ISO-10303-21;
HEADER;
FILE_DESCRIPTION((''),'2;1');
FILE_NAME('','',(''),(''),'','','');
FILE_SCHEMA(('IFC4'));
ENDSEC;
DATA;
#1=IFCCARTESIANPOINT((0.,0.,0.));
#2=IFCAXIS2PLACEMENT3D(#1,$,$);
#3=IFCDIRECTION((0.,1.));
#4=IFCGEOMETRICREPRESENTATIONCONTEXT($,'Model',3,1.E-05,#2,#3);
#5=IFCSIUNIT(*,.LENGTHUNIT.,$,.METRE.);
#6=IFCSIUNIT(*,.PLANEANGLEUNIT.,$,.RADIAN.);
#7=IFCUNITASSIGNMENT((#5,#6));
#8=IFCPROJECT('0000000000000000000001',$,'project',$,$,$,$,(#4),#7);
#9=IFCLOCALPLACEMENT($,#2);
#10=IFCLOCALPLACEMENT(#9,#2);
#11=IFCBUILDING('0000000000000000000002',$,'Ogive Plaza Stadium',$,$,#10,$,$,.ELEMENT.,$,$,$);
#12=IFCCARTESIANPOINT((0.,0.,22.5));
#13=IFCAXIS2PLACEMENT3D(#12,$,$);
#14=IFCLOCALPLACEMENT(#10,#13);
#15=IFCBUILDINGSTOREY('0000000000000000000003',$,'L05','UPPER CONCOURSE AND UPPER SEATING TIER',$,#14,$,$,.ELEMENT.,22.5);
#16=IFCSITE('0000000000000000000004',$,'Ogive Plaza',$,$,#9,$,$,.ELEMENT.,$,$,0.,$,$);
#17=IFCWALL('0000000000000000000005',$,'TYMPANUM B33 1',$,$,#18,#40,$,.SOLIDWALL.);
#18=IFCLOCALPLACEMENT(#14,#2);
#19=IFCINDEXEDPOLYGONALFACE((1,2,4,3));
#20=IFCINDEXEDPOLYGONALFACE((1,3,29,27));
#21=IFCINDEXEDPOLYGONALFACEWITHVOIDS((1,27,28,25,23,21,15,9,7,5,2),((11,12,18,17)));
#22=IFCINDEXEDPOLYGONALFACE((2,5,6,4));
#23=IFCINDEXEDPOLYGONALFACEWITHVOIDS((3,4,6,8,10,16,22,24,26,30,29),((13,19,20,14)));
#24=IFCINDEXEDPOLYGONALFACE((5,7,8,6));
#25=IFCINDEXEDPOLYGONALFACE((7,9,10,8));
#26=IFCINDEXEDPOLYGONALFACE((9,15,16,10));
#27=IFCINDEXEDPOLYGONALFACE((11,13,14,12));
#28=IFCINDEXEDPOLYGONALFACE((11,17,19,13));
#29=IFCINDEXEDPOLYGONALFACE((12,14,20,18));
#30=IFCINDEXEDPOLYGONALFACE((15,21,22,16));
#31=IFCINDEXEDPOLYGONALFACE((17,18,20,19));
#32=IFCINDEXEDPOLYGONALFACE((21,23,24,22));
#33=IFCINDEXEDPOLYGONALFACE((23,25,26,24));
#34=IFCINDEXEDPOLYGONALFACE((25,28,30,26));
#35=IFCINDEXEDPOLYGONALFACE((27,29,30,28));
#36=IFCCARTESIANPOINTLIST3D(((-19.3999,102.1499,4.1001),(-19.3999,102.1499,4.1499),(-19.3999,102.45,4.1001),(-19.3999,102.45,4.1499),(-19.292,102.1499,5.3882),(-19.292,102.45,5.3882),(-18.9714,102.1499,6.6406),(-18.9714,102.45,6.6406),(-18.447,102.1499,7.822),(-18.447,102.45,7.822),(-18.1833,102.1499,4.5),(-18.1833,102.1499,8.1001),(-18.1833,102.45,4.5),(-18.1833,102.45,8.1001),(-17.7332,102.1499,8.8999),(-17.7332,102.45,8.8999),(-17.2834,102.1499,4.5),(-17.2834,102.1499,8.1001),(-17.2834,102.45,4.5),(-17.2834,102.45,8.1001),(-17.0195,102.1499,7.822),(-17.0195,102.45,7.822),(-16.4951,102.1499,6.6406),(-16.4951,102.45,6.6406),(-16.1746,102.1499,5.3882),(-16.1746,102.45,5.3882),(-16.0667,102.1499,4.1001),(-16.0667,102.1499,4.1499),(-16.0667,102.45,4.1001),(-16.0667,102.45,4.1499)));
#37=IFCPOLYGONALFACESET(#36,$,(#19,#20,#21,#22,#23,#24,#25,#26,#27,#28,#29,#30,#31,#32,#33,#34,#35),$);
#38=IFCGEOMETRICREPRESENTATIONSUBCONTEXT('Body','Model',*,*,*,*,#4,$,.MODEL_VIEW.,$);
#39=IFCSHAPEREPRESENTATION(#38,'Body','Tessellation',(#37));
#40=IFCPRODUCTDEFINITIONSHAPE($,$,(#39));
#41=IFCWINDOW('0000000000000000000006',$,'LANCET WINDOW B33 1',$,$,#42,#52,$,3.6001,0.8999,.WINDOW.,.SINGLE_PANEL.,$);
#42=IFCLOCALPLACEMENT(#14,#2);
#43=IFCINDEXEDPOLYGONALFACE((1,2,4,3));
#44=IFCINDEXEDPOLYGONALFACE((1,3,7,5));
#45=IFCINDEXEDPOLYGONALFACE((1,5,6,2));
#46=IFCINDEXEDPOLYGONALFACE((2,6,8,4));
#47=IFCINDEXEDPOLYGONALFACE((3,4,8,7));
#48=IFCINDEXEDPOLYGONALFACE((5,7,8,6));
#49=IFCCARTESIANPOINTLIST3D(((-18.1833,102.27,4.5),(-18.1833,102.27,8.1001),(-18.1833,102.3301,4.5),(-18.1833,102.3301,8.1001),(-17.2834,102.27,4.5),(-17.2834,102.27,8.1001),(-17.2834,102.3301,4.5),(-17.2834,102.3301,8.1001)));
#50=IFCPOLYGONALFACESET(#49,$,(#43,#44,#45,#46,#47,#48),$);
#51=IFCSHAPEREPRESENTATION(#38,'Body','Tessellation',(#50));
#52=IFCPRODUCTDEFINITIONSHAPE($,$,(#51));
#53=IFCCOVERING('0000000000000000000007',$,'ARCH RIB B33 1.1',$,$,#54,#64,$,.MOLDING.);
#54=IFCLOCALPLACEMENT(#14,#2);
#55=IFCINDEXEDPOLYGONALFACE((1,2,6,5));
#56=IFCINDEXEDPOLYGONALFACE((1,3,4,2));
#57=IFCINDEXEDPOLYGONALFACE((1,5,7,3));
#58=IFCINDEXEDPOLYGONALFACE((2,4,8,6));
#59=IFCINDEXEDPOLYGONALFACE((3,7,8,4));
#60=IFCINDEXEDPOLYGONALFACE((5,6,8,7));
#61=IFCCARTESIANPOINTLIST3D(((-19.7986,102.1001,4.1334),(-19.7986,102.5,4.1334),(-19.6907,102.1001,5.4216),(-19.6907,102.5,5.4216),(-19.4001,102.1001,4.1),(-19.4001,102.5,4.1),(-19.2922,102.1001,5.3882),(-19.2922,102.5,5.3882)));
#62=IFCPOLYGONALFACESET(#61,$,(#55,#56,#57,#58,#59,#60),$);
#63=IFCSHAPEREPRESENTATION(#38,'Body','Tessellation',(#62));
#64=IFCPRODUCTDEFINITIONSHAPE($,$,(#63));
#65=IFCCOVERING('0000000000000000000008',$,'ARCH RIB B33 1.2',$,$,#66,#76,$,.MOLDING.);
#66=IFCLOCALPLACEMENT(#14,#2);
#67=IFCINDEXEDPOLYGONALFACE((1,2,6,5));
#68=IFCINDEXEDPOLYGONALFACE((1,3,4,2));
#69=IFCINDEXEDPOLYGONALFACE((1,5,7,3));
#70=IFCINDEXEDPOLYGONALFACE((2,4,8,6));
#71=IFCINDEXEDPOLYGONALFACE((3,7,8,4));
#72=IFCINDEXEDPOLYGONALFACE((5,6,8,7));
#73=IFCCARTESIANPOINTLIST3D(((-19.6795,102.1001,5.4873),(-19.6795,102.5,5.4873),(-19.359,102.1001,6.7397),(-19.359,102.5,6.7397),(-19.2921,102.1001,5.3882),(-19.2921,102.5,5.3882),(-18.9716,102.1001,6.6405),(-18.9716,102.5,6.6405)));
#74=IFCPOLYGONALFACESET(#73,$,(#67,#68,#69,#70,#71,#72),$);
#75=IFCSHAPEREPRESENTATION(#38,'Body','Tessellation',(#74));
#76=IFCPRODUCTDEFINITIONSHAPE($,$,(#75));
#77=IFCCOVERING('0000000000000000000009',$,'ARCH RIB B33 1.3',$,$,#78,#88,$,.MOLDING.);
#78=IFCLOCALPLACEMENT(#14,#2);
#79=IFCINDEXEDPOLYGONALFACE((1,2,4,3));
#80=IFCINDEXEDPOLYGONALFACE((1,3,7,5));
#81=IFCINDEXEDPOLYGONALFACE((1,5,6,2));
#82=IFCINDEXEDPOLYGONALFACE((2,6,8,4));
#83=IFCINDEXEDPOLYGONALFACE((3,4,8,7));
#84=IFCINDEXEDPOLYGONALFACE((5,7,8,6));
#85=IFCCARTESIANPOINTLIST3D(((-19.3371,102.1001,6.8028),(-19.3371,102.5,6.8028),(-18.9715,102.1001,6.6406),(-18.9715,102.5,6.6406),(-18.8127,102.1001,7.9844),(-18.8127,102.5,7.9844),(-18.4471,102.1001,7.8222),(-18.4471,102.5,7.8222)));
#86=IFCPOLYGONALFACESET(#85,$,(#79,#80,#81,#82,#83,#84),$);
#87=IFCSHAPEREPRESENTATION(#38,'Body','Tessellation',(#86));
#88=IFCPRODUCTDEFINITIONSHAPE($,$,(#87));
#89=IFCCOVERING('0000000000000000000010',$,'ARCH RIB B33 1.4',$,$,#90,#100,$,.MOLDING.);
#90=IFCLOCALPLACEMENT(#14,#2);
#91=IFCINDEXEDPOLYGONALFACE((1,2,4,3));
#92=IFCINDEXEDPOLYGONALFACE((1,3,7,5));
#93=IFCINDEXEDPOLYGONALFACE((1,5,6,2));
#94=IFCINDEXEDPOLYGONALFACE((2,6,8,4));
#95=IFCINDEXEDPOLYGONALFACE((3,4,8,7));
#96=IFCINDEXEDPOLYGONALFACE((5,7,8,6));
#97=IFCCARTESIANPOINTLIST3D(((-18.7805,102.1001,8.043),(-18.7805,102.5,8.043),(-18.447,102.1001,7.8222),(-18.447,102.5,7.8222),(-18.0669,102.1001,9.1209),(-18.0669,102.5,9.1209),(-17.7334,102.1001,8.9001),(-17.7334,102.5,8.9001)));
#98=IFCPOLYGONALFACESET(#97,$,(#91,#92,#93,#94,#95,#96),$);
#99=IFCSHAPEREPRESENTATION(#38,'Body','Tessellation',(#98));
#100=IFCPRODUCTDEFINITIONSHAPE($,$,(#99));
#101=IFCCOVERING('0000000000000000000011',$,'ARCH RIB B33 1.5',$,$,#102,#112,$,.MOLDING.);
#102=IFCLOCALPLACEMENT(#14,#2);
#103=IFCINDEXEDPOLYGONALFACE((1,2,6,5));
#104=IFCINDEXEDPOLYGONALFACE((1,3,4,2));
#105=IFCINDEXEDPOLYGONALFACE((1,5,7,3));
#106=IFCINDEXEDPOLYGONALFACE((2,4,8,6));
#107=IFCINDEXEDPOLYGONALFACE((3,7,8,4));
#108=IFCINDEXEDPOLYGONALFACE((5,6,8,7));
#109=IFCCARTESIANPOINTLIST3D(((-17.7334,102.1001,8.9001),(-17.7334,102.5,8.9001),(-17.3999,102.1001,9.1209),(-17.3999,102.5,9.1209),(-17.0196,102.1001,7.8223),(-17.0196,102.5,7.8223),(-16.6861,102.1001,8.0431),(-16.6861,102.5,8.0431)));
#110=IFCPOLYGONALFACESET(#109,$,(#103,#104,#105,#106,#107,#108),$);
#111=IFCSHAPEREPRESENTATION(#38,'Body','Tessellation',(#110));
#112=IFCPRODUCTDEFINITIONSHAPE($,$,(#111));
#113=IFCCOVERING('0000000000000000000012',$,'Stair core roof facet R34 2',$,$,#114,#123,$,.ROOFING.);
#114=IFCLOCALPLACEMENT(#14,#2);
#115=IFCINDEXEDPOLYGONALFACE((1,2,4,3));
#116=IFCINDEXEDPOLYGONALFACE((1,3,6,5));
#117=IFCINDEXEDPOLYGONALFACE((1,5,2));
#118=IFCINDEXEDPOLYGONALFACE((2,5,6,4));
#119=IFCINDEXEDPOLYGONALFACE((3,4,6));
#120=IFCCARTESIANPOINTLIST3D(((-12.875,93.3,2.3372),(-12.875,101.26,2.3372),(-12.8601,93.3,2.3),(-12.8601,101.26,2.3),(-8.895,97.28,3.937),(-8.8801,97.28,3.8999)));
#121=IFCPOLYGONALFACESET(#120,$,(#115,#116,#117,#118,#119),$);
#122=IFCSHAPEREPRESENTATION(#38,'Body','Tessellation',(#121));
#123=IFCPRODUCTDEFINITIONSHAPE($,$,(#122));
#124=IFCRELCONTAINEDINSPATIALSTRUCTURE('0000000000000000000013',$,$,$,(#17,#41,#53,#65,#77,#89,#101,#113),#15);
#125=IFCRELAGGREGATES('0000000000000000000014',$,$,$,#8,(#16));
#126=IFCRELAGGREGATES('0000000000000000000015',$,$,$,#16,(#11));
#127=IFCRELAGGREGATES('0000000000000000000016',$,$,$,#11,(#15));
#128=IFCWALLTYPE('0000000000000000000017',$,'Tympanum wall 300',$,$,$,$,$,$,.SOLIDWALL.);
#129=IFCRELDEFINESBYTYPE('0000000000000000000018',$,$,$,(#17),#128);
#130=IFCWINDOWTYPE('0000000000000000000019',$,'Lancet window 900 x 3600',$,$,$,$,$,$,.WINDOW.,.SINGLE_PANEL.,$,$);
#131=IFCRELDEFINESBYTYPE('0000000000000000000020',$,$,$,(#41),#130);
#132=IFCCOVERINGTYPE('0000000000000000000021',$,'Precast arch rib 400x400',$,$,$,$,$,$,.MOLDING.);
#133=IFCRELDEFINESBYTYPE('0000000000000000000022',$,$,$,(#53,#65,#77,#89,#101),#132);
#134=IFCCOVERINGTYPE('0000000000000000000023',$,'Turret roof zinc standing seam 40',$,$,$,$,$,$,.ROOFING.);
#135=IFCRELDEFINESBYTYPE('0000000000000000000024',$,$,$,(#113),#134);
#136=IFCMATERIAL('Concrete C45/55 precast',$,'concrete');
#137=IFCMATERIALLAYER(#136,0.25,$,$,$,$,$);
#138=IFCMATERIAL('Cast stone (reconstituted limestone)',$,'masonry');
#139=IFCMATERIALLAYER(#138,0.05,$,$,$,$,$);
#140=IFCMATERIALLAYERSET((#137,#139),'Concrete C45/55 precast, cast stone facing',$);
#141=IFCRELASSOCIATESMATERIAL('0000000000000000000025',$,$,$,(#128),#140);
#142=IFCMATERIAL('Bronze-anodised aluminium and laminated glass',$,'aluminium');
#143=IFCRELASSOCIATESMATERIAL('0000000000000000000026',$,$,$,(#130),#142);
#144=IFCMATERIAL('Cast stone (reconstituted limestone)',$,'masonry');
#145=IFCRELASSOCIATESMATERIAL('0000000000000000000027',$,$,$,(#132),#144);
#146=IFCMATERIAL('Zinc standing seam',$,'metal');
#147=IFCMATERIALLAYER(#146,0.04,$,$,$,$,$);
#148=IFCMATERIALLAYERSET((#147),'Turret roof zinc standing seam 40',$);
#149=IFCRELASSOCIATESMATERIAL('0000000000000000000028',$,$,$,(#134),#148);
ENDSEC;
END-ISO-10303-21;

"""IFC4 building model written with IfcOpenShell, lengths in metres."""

from ifc_helpers import new_model, si_unit, direction, frame, frame_2d, origin, origin_2d, place, context, subcontext, project, spatial, polyline, rectangle, outline, extrude, material, layer, layer_set, material_profile, profile_set, type_object, element, fill, save


model = new_model("IFC4")

# Units and contexts
model_context = context("Model", 3, precision=1e-05, world=origin(), true_north=direction((0.0, 1.0)))
body_context = subcontext(model_context, "Body", "Model", "MODEL_VIEW")
ifc_project = project(units=[si_unit("LENGTHUNIT", "METRE"), si_unit("PLANEANGLEUNIT", "RADIAN")], contexts=[model_context])

# Site, building, storey
site_placement = place(None, origin())
site = spatial("IfcSite", under=ifc_project, at=site_placement, Name="Ogive Plaza", CompositionType="ELEMENT", RefElevation=0.0)
building_placement = place(site_placement, origin())
building = spatial("IfcBuilding", under=site, at=building_placement, Name="Ogive Plaza Stadium", CompositionType="ELEMENT")
storey_placement = place(building_placement, frame((0.0, 0.0, 22.5)))
storey = spatial("IfcBuildingStorey", under=building, at=storey_placement, Name="L05", Description="UPPER CONCOURSE AND UPPER SEATING TIER", CompositionType="ELEMENT", Elevation=22.5)

# Wall, opening, window
ifc_material_1 = material(Name="Concrete C45/55 precast", Category="concrete")
ifc_layer_1 = layer(ifc_material_1, 0.25)
ifc_material_2 = material(Name="Cast stone (reconstituted limestone)", Category="masonry")
ifc_layer_2 = layer(ifc_material_2, 0.05)
ifc_layer_set_1 = layer_set([ifc_layer_1, ifc_layer_2], Name="Concrete C45/55 precast, cast stone facing")
wall_type = type_object("IfcWallType", Name="Tympanum wall 300", PredefinedType="SOLIDWALL", material=ifc_layer_set_1)
wall_placement = place(storey_placement, frame((-19.3999, 102.3, 4.1001), z_axis=(0.0, 0.0, 1.0), x_axis=(1.0, 0.0, 0.0)))
wall = element("IfcWall", 1, at=wall_placement, inside=storey, type_object=wall_type, Name="TYMPANUM B33 1", PredefinedType="SOLIDWALL", context=body_context, shape_type="SweptSolid", body=[
    extrude(outline(polyline([(0.0, 0.0), (3.3333, 0.0), (3.3333, 0.0498), (3.2253, 1.2881), (2.9048, 2.5405), (2.3804, 3.7219), (1.6667, 4.7998), (0.9529, 3.7219), (0.4285, 2.5405), (0.1079, 1.2881), (0.0, 0.0498), (0.0, 0.0)])), frame((0.0, 0.1499, 0.0), z_axis=(0.0, -1.0, 0.0), x_axis=(1.0, 0.0, 0.0)), (0.0, 0.0, 1.0), 0.3),
])
opening_placement = place(wall_placement, frame((1.2166, 0.0, 0.3999)))
opening = element("IfcOpeningElement", 2, at=opening_placement, cuts=wall, PredefinedType="OPENING", context=body_context, shape_type="SweptSolid", body=[
    extrude(rectangle(XDim=0.8999, YDim=3.6001, at=frame_2d((0.45, 1.8))), frame((0.0, 0.1602, 0.0), z_axis=(0.0, -1.0, 0.0), x_axis=(1.0, 0.0, 0.0)), (0.0, 0.0, 1.0), 0.3201),
])
ifc_material_3 = material(Name="Bronze-anodised aluminium and laminated glass", Category="aluminium")
window_type = type_object("IfcWindowType", Name="Lancet window 900 x 3600", PartitioningType="SINGLE_PANEL", PredefinedType="WINDOW", material=ifc_material_3)
window_placement = place(opening_placement, origin())
window = element("IfcWindow", 3, at=window_placement, inside=storey, type_object=window_type, Name="LANCET WINDOW B33 1", OverallHeight=3.6001, OverallWidth=0.8999, PartitioningType="SINGLE_PANEL", PredefinedType="WINDOW", context=body_context, shape_type="SweptSolid", body=[
    extrude(rectangle(XDim=0.8999, YDim=3.6001, at=frame_2d((0.45, 1.8))), frame((0.0, 0.03, 0.0), z_axis=(0.0, -1.0, 0.0), x_axis=(1.0, 0.0, 0.0)), (0.0, 0.0, 1.0), 0.0601),
])
fill(opening, window)

# Coverings
ifc_material_4 = material(Name="Cast stone (reconstituted limestone)", Category="masonry")
ifc_material_profile_1 = material_profile(ifc_material_4, rectangle(XDim=0.3999, YDim=0.3999, at=origin_2d()), Name="Cast stone 400x400")
ifc_profile_set_1 = profile_set([ifc_material_profile_1], Name="Cast stone (reconstituted limestone)")
covering_type_1 = type_object("IfcCoveringType", Name="Precast arch rib 400x400", PredefinedType="MOLDING", material=ifc_profile_set_1)
for number, where, z_axis, x_axis, name in (
    (4, (-19.5994, 102.3, 4.1167), (0.083467, 0.0, 0.996511), (0.0, 1.0, 0.0), "ARCH RIB B33 1.1"),
    (5, (-19.4858, 102.3, 5.4377), (0.247953, 0.0, 0.968772), (0.0, 1.0, 0.0), "ARCH RIB B33 1.2"),
    (6, (-19.1543, 102.3, 6.7217), (0.405648, 0.0, 0.914029), (0.0, 1.0, 0.0), "ARCH RIB B33 1.3"),
    (7, (-18.6138, 102.3, 7.9326), (0.552039, 0.0, 0.833818), (0.0, 1.0, 0.0), "ARCH RIB B33 1.4"),
    (8, (-17.5667, 102.3, 9.0105), (0.55217, 0.0, -0.833731), (0.0, 1.0, 0.0), "ARCH RIB B33 1.5"),
):
    element("IfcCovering", number, at=place(storey_placement, frame(where, z_axis=z_axis, x_axis=x_axis)), inside=storey, type_object=covering_type_1, Name=name, PredefinedType="MOLDING", context=body_context, shape_type="SweptSolid", body=[
        extrude(rectangle(XDim=0.3999, YDim=0.3999, at=origin_2d()), origin(), (0.0, 0.0, 1.0), 1.2927),
    ])
ifc_material_5 = material(Name="Zinc standing seam", Category="metal")
ifc_layer_3 = layer(ifc_material_5, 0.04)
ifc_layer_set_2 = layer_set([ifc_layer_3], Name="Turret roof zinc standing seam 40")
covering_type_2 = type_object("IfcCoveringType", Name="Turret roof zinc standing seam 40", PredefinedType="ROOFING", material=ifc_layer_set_2)
covering_placement = place(storey_placement, frame((-12.875, 101.26, 2.3372), z_axis=(-0.37297, 0.0, 0.927843), x_axis=(0.0, -1.0, 0.0)))
element("IfcCovering", 9, at=covering_placement, inside=storey, type_object=covering_type_2, Name="Stair core roof facet R34 2", PredefinedType="ROOFING", context=body_context, shape_type="SweptSolid", body=[
    extrude(outline(polyline([(0.0, 0.0), (7.96, 0.0), (3.98, 4.2895), (0.0, 0.0)])), origin(), (0.0, 0.0, -1.0), 0.04),
])

save(model, "model.ifc")
